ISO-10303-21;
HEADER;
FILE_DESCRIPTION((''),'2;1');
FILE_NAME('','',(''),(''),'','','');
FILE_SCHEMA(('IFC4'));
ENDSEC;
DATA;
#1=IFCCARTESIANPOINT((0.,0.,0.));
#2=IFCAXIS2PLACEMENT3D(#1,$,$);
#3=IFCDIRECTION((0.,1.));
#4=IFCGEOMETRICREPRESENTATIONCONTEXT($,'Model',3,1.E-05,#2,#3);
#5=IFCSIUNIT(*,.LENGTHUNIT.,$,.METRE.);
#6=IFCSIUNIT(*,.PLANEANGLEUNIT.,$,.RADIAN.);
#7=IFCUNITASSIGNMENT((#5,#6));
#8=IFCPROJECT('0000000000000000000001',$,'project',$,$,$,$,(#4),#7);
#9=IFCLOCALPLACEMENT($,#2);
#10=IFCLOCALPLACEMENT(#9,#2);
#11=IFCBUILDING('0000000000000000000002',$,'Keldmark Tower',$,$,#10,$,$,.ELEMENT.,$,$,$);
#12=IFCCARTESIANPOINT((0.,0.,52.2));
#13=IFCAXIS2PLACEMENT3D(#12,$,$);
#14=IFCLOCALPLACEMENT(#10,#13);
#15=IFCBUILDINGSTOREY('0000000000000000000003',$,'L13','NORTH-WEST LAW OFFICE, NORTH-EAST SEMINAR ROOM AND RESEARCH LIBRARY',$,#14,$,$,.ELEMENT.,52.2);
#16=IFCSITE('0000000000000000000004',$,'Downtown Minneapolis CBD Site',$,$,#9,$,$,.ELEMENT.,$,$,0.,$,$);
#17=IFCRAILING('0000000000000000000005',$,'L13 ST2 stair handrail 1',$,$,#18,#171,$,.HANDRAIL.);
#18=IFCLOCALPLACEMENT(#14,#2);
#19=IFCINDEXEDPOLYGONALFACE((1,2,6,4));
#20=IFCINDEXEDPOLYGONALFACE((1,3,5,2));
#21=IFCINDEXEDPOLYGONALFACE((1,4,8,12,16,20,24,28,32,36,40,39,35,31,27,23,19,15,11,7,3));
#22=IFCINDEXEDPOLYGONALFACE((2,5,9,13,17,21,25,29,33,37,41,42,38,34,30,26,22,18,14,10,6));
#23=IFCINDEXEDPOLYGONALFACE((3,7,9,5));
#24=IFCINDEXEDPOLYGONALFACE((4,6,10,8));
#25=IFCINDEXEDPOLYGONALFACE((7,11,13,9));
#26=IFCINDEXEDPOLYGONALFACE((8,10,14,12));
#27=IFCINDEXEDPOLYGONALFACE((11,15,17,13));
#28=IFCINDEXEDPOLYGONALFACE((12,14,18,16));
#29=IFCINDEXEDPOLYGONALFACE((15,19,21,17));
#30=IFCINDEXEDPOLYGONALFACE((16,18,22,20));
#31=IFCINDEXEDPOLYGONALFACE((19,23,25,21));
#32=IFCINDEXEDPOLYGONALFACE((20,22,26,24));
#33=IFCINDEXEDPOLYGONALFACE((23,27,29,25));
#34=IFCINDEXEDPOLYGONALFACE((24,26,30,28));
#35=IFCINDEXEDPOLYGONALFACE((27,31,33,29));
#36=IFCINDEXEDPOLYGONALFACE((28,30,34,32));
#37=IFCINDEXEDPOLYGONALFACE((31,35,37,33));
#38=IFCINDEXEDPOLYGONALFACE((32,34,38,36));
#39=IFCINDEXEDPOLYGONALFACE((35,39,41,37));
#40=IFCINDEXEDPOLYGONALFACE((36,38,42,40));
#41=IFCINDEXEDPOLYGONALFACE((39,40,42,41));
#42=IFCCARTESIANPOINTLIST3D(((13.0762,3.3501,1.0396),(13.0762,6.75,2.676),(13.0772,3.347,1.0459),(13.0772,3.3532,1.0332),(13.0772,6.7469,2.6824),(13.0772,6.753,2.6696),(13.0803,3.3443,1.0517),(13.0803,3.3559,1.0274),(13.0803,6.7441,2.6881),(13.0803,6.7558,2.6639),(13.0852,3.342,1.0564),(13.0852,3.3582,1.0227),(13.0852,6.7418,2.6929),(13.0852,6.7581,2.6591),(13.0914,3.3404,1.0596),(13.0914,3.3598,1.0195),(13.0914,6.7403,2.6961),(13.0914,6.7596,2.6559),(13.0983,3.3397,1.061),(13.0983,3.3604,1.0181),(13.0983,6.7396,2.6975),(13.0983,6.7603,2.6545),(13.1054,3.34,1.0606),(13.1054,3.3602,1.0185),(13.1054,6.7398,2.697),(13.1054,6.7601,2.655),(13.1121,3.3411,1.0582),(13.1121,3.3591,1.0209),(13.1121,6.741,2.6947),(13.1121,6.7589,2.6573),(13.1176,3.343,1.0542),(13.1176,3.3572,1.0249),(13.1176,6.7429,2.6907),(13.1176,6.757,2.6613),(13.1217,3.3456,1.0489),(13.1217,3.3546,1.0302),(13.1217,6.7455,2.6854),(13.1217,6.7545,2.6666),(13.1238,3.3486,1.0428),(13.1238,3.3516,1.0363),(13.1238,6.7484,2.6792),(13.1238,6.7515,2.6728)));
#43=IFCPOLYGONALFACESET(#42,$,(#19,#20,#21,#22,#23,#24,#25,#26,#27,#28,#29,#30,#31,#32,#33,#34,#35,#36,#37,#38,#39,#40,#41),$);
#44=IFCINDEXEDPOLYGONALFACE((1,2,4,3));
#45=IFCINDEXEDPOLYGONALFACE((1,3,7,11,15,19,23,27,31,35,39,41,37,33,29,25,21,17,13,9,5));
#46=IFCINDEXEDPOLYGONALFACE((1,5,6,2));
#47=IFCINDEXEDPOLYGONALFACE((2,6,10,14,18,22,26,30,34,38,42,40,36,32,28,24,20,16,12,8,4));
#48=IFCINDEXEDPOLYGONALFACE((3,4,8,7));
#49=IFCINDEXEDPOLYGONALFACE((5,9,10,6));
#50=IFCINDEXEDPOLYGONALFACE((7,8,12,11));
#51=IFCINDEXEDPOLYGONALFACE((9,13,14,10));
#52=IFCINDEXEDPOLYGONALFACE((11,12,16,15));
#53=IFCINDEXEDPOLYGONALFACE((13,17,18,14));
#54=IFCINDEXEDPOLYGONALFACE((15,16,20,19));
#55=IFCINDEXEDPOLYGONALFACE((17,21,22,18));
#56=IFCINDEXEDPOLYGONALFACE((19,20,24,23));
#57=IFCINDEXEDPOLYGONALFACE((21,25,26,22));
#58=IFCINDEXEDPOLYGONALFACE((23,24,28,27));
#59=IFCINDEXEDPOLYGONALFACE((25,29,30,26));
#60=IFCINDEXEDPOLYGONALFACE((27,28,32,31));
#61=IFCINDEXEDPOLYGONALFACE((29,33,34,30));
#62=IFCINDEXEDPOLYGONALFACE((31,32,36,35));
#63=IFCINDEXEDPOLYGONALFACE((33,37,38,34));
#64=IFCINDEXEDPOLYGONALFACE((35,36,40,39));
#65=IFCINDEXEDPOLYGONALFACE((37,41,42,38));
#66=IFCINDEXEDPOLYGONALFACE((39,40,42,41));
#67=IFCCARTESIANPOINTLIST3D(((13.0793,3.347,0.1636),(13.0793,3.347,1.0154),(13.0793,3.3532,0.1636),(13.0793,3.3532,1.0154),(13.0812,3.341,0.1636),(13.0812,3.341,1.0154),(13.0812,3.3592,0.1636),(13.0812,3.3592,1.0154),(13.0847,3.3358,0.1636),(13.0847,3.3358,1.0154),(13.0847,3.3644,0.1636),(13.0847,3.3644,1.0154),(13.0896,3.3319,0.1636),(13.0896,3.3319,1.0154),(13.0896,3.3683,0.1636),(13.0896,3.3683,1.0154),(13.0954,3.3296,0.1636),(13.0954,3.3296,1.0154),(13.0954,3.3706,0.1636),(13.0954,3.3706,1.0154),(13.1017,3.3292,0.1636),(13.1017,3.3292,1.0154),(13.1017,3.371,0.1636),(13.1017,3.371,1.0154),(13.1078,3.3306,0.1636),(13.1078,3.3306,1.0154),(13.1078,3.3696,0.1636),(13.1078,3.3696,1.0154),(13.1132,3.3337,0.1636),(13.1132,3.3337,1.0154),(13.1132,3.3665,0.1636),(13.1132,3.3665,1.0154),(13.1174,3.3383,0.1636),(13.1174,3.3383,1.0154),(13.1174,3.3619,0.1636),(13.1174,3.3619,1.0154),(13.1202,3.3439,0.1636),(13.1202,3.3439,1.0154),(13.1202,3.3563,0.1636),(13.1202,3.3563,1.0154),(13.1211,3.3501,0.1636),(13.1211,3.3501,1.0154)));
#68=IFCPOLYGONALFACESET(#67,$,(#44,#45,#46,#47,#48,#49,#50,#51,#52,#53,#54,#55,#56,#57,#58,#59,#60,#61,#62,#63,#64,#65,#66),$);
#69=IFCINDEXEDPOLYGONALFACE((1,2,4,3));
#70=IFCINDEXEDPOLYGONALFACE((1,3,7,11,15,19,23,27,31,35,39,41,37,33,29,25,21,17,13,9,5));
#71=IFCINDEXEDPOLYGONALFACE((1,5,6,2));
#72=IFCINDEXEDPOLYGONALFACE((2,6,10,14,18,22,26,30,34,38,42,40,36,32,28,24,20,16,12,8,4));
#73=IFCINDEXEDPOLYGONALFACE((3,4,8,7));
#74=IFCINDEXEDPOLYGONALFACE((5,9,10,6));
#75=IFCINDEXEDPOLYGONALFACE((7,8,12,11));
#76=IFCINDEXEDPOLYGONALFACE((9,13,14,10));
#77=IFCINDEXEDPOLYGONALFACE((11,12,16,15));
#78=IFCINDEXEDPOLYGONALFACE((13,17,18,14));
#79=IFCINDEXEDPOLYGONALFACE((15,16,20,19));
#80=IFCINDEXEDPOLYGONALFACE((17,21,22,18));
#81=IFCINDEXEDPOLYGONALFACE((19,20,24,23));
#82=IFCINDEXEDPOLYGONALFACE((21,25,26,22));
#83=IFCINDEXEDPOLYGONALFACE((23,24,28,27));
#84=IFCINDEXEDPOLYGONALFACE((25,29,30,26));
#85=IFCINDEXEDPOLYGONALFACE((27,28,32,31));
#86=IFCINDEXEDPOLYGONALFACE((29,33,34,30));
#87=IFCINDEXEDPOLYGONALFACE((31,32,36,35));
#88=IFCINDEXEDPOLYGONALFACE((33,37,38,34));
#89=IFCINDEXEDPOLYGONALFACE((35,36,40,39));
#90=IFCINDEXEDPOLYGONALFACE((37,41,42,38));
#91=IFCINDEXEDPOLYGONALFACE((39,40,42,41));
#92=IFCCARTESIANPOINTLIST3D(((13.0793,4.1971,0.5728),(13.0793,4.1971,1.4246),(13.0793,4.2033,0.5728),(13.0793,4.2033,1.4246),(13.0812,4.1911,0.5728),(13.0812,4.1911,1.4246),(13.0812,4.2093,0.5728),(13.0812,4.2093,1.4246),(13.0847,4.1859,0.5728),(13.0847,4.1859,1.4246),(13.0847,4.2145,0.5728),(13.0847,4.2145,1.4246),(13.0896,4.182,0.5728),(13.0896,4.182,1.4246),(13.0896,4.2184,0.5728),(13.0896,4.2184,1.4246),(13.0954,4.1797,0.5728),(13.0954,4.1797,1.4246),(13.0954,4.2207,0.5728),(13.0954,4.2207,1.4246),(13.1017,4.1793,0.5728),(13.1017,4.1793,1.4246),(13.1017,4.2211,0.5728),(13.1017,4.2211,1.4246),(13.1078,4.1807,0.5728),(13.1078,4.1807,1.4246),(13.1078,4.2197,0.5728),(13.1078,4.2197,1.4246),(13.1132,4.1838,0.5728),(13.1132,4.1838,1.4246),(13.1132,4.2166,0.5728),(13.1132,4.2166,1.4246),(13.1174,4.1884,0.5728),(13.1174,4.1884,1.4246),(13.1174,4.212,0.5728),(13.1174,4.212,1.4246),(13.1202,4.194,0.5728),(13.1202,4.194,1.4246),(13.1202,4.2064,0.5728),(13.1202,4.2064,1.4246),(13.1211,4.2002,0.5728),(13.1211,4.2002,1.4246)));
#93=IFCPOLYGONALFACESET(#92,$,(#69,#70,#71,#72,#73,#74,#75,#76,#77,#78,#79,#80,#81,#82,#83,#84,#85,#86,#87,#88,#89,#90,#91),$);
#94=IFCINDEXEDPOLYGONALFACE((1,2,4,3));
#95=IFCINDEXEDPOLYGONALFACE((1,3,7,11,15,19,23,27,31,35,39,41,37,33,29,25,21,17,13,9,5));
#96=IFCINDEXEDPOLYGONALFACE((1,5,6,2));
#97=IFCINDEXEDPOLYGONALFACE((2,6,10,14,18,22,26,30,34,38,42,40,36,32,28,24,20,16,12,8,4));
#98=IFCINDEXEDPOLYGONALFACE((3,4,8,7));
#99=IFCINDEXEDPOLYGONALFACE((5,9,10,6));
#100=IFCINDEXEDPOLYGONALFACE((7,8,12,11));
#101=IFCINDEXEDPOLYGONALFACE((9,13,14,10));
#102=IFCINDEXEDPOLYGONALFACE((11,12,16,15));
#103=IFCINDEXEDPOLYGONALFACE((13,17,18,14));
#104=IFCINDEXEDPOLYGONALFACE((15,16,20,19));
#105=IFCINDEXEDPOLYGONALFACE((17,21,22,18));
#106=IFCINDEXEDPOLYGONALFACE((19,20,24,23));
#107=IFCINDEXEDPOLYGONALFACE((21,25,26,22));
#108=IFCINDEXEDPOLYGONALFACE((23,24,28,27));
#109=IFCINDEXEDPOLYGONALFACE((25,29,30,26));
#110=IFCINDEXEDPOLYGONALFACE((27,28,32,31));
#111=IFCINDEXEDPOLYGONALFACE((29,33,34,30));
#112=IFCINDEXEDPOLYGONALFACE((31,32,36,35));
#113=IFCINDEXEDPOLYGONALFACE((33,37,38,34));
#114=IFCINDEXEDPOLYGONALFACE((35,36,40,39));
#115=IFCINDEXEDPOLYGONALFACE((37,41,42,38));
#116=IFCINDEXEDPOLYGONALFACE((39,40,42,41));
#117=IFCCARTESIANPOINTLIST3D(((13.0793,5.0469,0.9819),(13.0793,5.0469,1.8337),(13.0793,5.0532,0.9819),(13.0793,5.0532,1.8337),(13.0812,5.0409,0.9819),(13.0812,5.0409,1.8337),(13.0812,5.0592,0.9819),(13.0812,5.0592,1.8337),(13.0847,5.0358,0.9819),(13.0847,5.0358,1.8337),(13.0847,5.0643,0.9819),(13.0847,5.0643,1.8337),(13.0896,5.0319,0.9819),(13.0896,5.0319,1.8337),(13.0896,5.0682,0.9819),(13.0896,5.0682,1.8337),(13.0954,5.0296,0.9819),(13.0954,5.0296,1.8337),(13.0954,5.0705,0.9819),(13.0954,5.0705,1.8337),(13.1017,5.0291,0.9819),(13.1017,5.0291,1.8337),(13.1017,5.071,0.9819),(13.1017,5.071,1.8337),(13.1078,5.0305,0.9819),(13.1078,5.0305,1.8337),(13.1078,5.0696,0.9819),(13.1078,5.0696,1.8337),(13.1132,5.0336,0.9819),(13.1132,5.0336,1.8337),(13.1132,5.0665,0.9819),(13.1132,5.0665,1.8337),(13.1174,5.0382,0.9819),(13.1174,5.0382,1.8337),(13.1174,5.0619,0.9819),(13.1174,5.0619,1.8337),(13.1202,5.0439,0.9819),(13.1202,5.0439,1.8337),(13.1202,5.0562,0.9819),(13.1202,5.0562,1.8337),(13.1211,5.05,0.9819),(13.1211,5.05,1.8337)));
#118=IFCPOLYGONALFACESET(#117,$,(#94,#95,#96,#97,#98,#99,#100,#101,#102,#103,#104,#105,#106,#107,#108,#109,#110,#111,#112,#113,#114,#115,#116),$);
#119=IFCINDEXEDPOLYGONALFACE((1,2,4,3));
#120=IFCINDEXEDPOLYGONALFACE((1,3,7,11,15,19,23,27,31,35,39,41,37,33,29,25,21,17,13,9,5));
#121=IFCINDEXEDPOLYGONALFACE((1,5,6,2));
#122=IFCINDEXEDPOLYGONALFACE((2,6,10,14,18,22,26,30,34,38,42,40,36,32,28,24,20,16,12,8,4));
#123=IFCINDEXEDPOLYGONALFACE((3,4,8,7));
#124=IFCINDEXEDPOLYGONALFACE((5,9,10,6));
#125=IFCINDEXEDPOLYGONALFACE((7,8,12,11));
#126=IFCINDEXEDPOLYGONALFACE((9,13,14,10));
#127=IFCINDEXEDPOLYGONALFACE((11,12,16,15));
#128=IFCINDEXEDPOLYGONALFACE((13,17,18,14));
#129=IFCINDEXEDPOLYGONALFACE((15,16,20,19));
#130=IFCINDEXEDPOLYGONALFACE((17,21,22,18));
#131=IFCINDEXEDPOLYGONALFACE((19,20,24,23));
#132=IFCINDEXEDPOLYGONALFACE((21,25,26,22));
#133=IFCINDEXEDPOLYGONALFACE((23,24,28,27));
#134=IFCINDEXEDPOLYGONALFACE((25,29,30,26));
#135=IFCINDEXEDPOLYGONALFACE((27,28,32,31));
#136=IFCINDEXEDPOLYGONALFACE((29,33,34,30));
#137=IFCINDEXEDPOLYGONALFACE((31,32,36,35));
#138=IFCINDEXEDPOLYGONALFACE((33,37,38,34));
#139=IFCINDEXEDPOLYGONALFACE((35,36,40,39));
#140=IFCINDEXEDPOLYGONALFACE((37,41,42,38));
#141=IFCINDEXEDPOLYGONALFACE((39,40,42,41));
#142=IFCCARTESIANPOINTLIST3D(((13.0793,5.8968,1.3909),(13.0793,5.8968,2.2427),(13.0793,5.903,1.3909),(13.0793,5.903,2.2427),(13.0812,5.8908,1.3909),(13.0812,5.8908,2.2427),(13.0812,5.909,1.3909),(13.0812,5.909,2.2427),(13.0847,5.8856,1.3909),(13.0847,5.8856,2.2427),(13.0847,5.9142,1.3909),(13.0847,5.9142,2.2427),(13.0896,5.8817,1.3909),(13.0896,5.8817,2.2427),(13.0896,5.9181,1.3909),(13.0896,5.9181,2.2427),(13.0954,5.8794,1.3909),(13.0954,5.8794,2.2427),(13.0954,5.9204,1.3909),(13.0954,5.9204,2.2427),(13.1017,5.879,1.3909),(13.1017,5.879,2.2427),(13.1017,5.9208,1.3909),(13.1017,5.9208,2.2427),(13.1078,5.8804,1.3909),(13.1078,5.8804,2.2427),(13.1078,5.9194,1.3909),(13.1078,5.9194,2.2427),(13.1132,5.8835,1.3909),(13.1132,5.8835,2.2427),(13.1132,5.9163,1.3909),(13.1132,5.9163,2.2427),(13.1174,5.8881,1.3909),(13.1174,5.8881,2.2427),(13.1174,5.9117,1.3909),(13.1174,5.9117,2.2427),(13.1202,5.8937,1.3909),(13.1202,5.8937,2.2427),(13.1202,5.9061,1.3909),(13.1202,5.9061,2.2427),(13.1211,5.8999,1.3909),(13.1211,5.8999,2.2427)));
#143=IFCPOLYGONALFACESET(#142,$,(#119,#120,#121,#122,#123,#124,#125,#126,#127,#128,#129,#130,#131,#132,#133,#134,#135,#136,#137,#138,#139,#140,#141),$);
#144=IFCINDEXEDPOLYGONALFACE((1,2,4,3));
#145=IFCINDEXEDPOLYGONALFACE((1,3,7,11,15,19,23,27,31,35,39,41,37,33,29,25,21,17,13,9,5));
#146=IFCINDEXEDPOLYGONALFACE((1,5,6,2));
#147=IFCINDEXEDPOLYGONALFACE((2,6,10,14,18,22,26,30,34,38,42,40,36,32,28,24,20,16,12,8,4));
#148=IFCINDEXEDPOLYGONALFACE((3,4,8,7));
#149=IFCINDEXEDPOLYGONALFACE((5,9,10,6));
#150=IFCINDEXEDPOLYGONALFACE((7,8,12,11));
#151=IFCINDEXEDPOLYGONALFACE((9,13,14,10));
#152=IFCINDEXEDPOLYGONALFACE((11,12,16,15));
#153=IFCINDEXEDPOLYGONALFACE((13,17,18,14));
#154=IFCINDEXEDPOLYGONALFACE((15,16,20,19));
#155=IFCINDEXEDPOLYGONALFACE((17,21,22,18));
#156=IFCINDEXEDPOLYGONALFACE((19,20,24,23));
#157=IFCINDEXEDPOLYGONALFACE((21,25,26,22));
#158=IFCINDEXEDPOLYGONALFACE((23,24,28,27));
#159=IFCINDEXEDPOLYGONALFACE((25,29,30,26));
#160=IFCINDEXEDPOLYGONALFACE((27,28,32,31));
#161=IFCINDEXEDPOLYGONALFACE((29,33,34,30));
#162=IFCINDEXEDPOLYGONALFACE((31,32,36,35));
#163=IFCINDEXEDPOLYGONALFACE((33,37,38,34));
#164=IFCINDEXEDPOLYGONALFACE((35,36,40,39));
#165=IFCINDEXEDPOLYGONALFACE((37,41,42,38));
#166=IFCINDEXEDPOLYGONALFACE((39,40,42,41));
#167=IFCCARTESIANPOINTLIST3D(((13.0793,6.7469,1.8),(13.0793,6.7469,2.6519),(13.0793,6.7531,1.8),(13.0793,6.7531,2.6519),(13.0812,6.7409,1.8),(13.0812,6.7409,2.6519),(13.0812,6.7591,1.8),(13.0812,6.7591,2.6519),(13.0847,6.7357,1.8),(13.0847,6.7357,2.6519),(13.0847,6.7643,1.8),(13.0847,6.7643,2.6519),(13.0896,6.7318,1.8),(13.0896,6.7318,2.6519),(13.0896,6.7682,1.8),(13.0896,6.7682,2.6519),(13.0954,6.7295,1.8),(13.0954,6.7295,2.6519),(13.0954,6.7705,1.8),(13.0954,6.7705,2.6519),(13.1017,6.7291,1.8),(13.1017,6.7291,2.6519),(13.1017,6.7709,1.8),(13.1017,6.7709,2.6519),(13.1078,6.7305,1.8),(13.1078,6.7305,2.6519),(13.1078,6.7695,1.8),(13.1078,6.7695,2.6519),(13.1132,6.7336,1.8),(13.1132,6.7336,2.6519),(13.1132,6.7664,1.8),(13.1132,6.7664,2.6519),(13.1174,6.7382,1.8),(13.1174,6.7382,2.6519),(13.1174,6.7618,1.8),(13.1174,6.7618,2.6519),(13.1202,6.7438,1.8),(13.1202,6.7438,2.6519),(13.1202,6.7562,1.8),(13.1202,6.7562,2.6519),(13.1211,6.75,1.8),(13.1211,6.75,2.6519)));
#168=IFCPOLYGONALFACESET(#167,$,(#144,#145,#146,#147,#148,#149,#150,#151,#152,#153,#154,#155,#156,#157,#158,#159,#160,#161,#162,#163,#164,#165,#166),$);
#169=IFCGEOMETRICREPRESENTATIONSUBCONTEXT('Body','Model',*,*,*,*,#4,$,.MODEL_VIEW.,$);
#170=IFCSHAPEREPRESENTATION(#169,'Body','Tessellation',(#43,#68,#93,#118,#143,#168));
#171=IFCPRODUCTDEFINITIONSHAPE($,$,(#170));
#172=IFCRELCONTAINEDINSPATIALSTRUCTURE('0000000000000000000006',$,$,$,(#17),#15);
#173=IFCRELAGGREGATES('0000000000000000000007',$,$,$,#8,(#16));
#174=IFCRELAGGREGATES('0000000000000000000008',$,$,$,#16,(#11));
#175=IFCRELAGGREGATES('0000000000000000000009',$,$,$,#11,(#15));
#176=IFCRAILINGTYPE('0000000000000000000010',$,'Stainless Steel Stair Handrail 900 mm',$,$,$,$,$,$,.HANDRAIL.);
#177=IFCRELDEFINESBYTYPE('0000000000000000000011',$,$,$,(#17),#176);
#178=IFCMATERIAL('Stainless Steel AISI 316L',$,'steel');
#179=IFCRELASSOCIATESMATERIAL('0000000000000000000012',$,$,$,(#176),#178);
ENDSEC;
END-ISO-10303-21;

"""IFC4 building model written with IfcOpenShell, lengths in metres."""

from ifc_helpers import new_model, si_unit, direction, frame, origin, origin_2d, place, context, subcontext, project, spatial, circle, extrude, material, type_object, element, save


model = new_model("IFC4")

# Units and contexts
model_context = context("Model", 3, precision=1e-05, world=origin(), true_north=direction((0.0, 1.0)))
body_context = subcontext(model_context, "Body", "Model", "MODEL_VIEW")
ifc_project = project(units=[si_unit("LENGTHUNIT", "METRE"), si_unit("PLANEANGLEUNIT", "RADIAN")], contexts=[model_context])

# Site, building, storey
site_placement = place(None, origin())
site = spatial("IfcSite", under=ifc_project, at=site_placement, Name="Downtown Minneapolis CBD Site", CompositionType="ELEMENT", RefElevation=0.0)
building_placement = place(site_placement, origin())
building = spatial("IfcBuilding", under=site, at=building_placement, Name="Keldmark Tower", CompositionType="ELEMENT")
storey_placement = place(building_placement, frame((0.0, 0.0, 52.2)))
storey = spatial("IfcBuildingStorey", under=building, at=storey_placement, Name="L13", Description="NORTH-WEST LAW OFFICE, NORTH-EAST SEMINAR ROOM AND RESEARCH LIBRARY", CompositionType="ELEMENT", Elevation=52.2)

# Railing
ifc_material_1 = material(Name="Stainless Steel AISI 316L", Category="steel")
railing_type_1 = type_object("IfcRailingType", Name="Stainless Steel Stair Handrail 900 mm", PredefinedType="HANDRAIL", material=ifc_material_1)
railing_1_placement = place(storey_placement, frame((13.1001, 3.3501, 0.1636)))
element("IfcRailing", 1, at=railing_1_placement, inside=storey, type_object=railing_type_1, Name="L13 ST2 stair handrail 1", PredefinedType="HANDRAIL", context=body_context, shape_type="SweptSolid", body=[
    extrude(circle(Radius=0.0239, at=origin_2d()), frame((0.0, 0.0, 0.876), z_axis=(0.0, 0.901055, 0.433705), x_axis=(-1.0, 0.0, 0.0)), (0.0, 0.0, 1.0), 3.7732),
    extrude(circle(Radius=0.021, at=origin_2d()), origin(), (0.0, 0.0, 1.0), 0.8518),
    extrude(circle(Radius=0.021, at=origin_2d()), frame((0.0, 0.8501, 0.4092)), (0.0, 0.0, 1.0), 0.8518),
    extrude(circle(Radius=0.021, at=origin_2d()), frame((0.0, 1.7, 0.8184)), (0.0, 0.0, 1.0), 0.8518),
    extrude(circle(Radius=0.021, at=origin_2d()), frame((0.0, 2.5498, 1.2273)), (0.0, 0.0, 1.0), 0.8518),
    extrude(circle(Radius=0.021, at=origin_2d()), frame((0.0, 3.3999, 1.6365)), (0.0, 0.0, 1.0), 0.8518),
])

save(model, "model.ifc")
